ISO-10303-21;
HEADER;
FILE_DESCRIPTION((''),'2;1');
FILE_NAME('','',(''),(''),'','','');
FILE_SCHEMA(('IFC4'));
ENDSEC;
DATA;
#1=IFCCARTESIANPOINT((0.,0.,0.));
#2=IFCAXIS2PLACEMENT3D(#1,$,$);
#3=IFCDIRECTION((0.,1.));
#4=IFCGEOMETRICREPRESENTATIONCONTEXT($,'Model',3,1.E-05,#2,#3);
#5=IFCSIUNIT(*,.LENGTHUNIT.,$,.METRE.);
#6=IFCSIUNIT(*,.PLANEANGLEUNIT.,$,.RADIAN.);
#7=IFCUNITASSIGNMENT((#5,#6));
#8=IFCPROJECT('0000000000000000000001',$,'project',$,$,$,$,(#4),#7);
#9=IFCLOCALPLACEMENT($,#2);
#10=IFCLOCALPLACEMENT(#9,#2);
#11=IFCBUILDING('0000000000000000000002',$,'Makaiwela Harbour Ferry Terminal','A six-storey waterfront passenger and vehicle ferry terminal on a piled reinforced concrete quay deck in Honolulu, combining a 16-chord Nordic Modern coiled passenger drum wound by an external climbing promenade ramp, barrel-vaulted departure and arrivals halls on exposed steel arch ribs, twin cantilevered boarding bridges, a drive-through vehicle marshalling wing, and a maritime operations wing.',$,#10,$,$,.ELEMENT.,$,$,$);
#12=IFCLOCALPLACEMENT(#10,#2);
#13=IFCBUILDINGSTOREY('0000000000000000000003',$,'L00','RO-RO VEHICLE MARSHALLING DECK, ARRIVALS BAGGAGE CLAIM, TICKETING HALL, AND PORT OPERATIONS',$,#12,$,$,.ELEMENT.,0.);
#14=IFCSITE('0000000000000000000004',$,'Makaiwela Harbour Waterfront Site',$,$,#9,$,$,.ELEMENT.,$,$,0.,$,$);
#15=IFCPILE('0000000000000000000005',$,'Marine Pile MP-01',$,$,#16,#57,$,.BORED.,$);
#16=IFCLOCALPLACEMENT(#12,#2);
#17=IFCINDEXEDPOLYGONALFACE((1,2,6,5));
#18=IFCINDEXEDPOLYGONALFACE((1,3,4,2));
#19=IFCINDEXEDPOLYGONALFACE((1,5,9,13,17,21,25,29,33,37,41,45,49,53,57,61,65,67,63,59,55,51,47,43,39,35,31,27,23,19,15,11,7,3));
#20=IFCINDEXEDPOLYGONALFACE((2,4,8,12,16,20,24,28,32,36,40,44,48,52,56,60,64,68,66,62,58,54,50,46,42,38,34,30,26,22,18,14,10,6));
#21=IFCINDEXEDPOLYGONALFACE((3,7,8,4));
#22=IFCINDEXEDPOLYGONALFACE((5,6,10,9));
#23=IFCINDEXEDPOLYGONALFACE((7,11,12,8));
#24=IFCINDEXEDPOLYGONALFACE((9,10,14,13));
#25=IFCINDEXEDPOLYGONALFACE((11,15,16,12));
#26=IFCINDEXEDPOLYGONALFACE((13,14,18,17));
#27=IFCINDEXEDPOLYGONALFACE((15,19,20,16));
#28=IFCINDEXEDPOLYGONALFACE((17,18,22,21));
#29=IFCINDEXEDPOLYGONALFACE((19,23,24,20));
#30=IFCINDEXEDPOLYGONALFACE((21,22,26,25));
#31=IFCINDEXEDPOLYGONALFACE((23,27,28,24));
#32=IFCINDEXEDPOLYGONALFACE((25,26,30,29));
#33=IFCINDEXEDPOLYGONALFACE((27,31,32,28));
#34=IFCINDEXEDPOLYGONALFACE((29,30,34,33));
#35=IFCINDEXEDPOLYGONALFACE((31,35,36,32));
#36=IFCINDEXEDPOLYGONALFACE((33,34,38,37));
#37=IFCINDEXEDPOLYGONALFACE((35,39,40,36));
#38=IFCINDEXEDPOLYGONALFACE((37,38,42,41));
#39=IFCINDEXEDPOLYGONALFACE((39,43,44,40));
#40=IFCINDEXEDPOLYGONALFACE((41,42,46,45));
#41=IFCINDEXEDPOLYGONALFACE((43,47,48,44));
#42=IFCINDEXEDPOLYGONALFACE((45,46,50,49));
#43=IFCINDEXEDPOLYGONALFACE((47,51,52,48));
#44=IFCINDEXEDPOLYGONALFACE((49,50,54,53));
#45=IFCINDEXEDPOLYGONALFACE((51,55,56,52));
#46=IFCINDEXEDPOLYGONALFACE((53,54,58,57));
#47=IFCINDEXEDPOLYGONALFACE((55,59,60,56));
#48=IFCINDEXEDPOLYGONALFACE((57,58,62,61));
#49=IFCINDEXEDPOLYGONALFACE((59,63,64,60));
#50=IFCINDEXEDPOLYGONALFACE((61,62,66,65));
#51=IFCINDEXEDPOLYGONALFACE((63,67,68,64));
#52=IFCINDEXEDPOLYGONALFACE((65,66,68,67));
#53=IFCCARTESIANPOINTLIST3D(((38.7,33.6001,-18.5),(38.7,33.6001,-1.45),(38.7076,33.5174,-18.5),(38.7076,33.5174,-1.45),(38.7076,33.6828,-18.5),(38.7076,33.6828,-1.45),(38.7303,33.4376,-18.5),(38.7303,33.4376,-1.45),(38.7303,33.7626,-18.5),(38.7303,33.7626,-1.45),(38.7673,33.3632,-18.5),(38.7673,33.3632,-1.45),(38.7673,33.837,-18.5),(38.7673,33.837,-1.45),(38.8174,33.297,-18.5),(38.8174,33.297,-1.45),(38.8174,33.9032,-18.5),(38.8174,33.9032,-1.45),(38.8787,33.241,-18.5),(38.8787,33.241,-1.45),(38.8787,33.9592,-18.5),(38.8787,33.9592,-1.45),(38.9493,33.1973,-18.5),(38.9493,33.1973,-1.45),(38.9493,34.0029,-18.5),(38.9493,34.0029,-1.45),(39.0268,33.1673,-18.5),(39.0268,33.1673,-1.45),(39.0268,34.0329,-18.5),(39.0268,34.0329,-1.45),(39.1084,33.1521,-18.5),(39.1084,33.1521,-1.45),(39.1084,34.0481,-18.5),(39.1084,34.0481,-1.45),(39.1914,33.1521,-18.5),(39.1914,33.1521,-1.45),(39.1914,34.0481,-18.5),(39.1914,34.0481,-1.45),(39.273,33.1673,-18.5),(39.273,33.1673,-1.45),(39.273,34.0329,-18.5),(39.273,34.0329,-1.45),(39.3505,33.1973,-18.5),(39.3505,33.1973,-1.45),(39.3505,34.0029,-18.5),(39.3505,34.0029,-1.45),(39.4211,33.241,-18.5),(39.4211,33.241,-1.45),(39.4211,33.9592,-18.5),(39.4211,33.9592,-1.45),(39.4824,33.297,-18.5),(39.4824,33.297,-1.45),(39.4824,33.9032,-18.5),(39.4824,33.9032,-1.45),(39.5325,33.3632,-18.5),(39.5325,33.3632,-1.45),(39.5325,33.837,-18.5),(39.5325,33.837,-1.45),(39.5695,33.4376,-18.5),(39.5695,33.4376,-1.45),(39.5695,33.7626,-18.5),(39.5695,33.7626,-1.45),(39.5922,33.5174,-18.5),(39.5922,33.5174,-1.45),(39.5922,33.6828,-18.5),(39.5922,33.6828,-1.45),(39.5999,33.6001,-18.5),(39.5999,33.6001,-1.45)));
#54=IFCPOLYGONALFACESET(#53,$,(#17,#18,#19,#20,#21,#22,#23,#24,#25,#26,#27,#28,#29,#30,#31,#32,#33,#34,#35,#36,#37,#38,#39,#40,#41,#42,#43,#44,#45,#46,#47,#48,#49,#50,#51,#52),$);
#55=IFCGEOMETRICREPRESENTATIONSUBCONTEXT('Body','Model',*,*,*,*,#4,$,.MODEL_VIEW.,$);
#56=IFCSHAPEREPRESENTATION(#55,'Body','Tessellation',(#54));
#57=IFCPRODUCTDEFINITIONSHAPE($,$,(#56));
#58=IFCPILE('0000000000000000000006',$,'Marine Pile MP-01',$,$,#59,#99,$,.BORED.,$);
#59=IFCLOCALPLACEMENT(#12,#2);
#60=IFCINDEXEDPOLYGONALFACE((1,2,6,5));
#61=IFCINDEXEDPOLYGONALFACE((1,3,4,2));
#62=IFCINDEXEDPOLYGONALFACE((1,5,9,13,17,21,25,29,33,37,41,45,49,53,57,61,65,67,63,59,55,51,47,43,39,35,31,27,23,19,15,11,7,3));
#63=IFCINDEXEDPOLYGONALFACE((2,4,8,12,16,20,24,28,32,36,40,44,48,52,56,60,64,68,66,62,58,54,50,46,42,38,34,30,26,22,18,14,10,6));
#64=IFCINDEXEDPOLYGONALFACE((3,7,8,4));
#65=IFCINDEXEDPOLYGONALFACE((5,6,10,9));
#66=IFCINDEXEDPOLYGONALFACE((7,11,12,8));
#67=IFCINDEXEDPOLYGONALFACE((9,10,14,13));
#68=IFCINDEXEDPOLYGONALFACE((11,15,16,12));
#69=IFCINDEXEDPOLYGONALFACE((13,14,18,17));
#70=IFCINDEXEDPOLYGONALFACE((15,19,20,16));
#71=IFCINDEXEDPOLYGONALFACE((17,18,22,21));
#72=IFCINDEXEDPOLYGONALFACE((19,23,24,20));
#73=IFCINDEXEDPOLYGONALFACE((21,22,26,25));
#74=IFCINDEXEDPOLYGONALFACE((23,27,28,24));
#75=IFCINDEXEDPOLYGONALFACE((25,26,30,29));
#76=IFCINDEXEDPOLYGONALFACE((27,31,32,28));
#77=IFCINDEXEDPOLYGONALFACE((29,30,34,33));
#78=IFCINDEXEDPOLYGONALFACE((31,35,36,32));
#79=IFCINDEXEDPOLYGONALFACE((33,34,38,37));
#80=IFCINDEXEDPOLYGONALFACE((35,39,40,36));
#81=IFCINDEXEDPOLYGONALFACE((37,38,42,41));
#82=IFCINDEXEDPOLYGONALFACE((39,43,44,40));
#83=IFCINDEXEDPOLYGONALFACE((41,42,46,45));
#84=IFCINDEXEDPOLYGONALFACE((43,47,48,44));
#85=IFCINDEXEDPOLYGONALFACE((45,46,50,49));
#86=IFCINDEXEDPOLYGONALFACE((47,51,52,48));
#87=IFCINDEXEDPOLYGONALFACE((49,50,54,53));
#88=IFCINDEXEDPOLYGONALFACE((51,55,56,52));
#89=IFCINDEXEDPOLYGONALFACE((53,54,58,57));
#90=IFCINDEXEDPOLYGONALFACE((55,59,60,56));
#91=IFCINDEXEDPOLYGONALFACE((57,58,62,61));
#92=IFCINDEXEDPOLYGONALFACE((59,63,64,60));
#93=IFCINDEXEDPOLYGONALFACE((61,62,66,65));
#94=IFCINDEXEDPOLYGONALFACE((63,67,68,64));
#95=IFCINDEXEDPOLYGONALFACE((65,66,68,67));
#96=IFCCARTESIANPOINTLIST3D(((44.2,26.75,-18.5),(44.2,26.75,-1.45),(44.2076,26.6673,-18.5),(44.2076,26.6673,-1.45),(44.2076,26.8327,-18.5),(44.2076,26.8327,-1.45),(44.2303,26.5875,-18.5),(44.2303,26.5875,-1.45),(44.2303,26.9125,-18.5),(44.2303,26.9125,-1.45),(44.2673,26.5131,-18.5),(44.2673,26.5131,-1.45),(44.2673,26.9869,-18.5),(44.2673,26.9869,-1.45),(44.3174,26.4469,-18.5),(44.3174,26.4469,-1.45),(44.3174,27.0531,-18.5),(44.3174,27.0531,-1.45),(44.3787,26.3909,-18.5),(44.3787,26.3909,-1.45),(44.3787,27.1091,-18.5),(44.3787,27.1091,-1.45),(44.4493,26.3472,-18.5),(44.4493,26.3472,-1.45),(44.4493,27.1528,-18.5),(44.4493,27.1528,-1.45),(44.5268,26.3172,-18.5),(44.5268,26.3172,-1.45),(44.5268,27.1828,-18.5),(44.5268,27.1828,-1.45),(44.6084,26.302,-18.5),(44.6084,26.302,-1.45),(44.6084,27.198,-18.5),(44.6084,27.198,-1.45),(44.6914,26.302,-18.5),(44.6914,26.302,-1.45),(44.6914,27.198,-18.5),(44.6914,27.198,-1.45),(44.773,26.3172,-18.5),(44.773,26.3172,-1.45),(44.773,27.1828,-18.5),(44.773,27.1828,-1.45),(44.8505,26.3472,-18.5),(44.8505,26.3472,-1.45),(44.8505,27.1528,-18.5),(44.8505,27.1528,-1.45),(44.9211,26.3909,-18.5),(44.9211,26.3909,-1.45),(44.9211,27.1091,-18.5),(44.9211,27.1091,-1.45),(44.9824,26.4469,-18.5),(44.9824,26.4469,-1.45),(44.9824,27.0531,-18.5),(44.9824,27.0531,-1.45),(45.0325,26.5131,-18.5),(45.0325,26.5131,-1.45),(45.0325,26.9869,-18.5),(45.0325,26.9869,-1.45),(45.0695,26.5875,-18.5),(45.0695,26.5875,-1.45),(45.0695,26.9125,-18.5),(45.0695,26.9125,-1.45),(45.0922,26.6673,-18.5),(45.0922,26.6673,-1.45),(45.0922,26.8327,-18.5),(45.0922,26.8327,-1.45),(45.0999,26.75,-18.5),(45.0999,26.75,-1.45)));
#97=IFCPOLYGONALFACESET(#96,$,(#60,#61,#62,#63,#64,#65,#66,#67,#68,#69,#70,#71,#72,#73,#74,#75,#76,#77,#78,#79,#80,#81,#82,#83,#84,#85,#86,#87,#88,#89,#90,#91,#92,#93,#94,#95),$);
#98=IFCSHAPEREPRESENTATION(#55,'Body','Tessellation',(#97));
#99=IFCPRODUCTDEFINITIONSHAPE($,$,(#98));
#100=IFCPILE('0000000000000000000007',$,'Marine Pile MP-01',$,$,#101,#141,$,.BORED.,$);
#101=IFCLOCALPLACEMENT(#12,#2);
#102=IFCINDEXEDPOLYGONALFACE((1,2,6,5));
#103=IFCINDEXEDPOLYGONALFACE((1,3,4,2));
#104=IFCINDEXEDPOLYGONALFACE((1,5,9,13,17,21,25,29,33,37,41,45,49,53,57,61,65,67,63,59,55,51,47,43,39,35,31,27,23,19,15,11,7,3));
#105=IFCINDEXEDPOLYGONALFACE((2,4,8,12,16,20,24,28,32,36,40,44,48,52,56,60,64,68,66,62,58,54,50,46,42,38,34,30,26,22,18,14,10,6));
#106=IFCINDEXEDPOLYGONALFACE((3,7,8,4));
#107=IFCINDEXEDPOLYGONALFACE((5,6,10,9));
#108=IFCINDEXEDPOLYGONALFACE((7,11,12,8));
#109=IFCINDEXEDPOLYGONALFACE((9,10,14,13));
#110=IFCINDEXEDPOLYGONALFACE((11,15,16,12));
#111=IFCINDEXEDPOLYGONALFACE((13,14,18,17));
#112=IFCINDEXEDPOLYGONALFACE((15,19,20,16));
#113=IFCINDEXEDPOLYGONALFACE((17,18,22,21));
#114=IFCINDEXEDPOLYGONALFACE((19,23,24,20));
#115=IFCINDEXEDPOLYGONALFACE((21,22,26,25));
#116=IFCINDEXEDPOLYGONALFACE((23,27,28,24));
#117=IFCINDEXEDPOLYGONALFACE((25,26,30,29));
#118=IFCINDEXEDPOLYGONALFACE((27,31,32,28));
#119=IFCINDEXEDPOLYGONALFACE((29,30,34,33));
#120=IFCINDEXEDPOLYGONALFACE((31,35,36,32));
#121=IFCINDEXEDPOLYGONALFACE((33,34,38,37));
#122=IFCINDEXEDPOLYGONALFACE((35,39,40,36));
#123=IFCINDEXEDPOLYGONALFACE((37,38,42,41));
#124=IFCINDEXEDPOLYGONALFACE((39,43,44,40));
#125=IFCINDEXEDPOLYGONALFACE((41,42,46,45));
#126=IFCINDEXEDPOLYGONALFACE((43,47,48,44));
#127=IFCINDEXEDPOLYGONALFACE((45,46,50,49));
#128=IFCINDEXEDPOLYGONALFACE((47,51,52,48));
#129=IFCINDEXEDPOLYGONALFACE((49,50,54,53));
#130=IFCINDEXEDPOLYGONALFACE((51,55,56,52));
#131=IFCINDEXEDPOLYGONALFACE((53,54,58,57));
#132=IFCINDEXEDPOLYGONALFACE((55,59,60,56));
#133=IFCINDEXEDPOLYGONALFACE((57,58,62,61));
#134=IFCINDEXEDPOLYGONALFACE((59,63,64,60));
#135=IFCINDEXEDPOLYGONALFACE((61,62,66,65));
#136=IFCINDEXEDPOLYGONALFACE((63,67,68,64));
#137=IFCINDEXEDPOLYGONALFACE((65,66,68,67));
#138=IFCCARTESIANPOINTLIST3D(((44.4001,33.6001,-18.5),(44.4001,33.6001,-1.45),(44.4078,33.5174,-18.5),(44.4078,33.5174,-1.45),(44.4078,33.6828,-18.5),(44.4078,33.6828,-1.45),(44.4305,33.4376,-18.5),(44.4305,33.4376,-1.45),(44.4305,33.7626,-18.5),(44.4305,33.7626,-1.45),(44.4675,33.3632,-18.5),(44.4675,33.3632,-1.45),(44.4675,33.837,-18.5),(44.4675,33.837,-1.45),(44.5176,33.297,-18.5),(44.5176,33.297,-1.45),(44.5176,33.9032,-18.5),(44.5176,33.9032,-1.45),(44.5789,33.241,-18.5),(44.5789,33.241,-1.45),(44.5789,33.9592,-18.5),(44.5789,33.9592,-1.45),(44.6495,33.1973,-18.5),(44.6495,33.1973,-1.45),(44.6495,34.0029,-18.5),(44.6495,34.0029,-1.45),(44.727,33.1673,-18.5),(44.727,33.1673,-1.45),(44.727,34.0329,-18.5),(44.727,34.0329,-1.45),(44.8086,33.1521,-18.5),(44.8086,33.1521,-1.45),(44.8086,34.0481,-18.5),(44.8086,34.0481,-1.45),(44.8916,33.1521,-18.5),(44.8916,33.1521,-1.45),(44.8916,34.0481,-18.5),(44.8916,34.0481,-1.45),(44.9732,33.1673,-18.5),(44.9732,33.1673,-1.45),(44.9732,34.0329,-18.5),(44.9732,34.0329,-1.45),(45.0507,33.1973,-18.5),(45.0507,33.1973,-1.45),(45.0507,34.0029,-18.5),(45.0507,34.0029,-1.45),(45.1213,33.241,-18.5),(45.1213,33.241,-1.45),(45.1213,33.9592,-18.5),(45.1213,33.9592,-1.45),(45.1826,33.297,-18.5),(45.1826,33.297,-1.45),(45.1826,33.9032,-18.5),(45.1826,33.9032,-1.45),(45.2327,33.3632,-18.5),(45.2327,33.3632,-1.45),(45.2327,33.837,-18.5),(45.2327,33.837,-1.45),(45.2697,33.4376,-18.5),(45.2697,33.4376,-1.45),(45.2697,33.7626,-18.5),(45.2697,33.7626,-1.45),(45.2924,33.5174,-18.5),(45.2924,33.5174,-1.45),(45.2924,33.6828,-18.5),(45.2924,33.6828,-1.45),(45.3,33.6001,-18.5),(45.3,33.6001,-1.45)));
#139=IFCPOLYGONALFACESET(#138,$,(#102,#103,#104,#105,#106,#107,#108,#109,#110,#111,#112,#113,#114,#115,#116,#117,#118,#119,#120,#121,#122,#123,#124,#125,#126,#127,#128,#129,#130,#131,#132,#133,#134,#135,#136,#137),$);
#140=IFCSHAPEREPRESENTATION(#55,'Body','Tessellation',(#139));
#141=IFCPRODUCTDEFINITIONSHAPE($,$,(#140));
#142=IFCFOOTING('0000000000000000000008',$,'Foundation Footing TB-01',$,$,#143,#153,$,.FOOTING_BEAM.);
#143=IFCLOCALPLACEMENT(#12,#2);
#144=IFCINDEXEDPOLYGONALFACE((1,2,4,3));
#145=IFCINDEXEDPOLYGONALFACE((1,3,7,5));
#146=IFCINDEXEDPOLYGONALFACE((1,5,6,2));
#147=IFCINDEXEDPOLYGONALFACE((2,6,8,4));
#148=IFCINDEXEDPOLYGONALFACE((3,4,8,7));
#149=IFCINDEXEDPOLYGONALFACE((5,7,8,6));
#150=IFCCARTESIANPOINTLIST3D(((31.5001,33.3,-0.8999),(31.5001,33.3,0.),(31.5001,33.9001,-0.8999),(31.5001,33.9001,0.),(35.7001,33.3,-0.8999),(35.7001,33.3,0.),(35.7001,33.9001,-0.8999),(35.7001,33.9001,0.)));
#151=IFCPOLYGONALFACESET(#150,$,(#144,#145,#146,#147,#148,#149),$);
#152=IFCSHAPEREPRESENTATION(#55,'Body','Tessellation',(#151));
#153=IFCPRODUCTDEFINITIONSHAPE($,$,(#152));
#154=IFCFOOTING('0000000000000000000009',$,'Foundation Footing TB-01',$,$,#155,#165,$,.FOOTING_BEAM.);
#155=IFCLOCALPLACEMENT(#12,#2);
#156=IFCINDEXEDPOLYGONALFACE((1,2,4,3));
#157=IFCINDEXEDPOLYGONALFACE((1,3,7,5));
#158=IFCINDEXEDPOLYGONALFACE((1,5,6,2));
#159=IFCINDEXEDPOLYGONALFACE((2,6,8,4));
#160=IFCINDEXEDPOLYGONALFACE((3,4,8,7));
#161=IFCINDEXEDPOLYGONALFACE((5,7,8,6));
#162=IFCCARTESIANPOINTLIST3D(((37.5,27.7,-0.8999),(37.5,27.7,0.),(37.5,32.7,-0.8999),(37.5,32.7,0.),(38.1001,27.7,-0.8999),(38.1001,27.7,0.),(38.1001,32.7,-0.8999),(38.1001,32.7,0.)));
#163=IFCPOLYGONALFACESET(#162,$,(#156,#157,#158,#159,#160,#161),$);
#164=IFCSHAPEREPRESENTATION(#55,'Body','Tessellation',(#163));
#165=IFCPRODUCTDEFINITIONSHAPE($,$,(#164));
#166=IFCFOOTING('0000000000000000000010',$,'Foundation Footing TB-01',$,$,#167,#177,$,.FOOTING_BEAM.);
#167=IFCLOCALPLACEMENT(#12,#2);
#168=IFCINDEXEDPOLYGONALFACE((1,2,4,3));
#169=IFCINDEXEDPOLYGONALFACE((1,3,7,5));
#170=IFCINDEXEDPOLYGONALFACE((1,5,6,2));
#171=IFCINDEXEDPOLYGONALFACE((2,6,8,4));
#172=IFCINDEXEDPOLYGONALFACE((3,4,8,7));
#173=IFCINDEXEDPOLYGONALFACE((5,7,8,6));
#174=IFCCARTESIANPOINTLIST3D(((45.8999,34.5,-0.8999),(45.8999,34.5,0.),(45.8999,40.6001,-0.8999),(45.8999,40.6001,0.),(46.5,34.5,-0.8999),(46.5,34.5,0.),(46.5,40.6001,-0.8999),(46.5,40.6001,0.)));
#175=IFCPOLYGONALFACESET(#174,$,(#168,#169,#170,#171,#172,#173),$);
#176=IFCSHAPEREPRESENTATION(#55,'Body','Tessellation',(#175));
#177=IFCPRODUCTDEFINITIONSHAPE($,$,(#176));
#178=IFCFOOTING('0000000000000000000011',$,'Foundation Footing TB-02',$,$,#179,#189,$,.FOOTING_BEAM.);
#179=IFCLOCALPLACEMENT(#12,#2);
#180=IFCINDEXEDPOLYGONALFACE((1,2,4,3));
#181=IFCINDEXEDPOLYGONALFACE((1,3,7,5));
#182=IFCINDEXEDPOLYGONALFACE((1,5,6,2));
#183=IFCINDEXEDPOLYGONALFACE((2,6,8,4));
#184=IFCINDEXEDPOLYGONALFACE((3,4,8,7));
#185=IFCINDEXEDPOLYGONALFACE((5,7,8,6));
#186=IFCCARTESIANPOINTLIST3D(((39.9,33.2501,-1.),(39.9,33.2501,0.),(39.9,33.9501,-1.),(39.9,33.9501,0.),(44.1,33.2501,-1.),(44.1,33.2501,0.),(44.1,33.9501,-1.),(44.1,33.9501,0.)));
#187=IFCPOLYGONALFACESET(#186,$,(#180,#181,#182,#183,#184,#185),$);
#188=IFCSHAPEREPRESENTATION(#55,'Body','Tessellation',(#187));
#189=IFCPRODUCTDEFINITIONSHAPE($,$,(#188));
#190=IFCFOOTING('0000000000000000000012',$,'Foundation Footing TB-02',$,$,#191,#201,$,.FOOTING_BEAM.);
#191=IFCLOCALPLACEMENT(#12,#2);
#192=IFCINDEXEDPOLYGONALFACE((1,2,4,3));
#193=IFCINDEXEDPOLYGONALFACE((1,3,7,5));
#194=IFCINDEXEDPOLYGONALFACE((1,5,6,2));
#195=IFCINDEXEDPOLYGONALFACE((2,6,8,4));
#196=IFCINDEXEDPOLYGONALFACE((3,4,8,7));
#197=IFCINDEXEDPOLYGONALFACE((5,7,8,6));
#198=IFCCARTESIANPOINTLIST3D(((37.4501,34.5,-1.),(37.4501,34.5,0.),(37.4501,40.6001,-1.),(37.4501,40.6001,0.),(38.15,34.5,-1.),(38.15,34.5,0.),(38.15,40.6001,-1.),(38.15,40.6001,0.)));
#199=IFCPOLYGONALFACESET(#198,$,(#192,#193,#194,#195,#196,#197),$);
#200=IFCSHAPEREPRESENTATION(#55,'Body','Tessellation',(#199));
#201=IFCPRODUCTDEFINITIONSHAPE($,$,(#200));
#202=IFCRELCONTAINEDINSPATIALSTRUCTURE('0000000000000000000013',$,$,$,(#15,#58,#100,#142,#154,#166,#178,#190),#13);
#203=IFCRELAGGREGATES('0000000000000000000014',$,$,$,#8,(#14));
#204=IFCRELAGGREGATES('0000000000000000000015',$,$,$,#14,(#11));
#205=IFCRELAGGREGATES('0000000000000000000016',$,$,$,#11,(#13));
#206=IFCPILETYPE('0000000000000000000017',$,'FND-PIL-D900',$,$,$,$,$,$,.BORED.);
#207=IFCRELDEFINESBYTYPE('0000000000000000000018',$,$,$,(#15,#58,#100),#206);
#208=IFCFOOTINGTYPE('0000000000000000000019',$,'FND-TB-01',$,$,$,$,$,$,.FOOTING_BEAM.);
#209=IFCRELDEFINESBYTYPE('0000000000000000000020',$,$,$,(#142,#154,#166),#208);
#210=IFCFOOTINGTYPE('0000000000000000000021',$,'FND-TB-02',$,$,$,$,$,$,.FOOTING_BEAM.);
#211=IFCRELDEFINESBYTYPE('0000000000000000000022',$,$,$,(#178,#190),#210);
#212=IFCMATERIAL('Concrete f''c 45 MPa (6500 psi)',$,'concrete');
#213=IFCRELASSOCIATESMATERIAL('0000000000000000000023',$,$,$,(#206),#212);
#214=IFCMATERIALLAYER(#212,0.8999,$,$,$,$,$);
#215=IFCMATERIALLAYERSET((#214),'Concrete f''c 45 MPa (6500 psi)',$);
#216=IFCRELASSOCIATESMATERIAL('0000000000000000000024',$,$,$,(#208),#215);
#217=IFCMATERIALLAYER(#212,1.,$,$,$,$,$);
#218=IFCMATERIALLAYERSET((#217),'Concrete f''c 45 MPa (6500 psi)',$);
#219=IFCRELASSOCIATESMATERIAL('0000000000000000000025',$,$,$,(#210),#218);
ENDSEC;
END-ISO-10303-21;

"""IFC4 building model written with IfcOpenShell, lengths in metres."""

from ifc_helpers import new_model, si_unit, direction, frame, origin, origin_2d, place, context, subcontext, project, spatial, rectangle, circle, extrude, material, layer, layer_set, material_profile, profile_set, type_object, element, save


model = new_model("IFC4")

# Units and contexts
model_context = context("Model", 3, precision=1e-05, world=origin(), true_north=direction((0.0, 1.0)))
body_context = subcontext(model_context, "Body", "Model", "MODEL_VIEW")
ifc_project = project(units=[si_unit("LENGTHUNIT", "METRE"), si_unit("PLANEANGLEUNIT", "RADIAN")], contexts=[model_context])

# Site, building, storey
site_placement = place(None, origin())
site = spatial("IfcSite", under=ifc_project, at=site_placement, Name="Makaiwela Harbour Waterfront Site", CompositionType="ELEMENT", RefElevation=0.0)
building_placement = place(site_placement, origin())
building = spatial("IfcBuilding", under=site, at=building_placement, Name="Makaiwela Harbour Ferry Terminal", Description="A six-storey waterfront passenger and vehicle ferry terminal on a piled reinforced concrete quay deck in Honolulu, combining a 16-chord Nordic Modern coiled passenger drum wound by an external climbing promenade ramp, barrel-vaulted departure and arrivals halls on exposed steel arch ribs, twin cantilevered boarding bridges, a drive-through vehicle marshalling wing, and a maritime operations wing.", CompositionType="ELEMENT")
storey_placement = place(building_placement, origin())
storey = spatial("IfcBuildingStorey", under=building, at=storey_placement, Name="L00", Description="RO-RO VEHICLE MARSHALLING DECK, ARRIVALS BAGGAGE CLAIM, TICKETING HALL, AND PORT OPERATIONS", CompositionType="ELEMENT", Elevation=0.0)

# Shared definitions
ifc_material_1 = material(Name="Concrete f'c 45 MPa (6500 psi)", Category="concrete")

# Piles
ifc_material_profile_1 = material_profile(ifc_material_1, circle(Radius=0.45, at=origin_2d()), Name="PILE-D900")
ifc_profile_set_1 = profile_set([ifc_material_profile_1], Name="Concrete f'c 45 MPa (6500 psi)")
pile_type = type_object("IfcPileType", Name="FND-PIL-D900", PredefinedType="BORED", material=ifc_profile_set_1)
for number, where, z_axis, x_axis, name in (
    (1, (39.1499, 33.6001, -1.45), (0.0, 0.0, -1.0), (1.0, 0.0, 0.0), "Marine Pile MP-01"),
    (2, (44.6499, 26.75, -1.45), (0.0, 0.0, -1.0), (1.0, 0.0, 0.0), "Marine Pile MP-01"),
    (3, (44.8501, 33.6001, -1.45), (0.0, 0.0, -1.0), (1.0, 0.0, 0.0), "Marine Pile MP-01"),
):
    element("IfcPile", number, at=place(storey_placement, frame(where, z_axis=z_axis, x_axis=x_axis)), inside=storey, type_object=pile_type, Name=name, PredefinedType="BORED", context=body_context, shape_type="SweptSolid", body=[
        extrude(circle(Radius=0.45, at=origin_2d()), origin(), (0.0, 0.0, 1.0), 17.05),
    ])

# Footings
ifc_layer_1 = layer(ifc_material_1, 0.8999)
ifc_layer_set_1 = layer_set([ifc_layer_1], Name="Concrete f'c 45 MPa (6500 psi)")
footing_type_1 = type_object("IfcFootingType", Name="FND-TB-01", PredefinedType="FOOTING_BEAM", material=ifc_layer_set_1)
footing_1_placement = place(storey_placement, frame((33.6001, 33.6001, -0.8999), z_axis=(0.0, 0.0, 1.0), x_axis=(1.0, 0.0, 0.0)))
element("IfcFooting", 4, at=footing_1_placement, inside=storey, type_object=footing_type_1, Name="Foundation Footing TB-01", PredefinedType="FOOTING_BEAM", context=body_context, shape_type="SweptSolid", body=[
    extrude(rectangle(XDim=4.2, YDim=0.6001, at=origin_2d()), origin(), (0.0, 0.0, 1.0), 0.8999),
])
footing_2_placement = place(storey_placement, frame((37.8, 30.2, -0.8999), z_axis=(0.0, 0.0, 1.0), x_axis=(0.0, 1.0, 0.0)))
element("IfcFooting", 5, at=footing_2_placement, inside=storey, type_object=footing_type_1, Name="Foundation Footing TB-01", PredefinedType="FOOTING_BEAM", context=body_context, shape_type="SweptSolid", body=[
    extrude(rectangle(XDim=5.0, YDim=0.6001, at=origin_2d()), origin(), (0.0, 0.0, 1.0), 0.8999),
])
footing_3_placement = place(storey_placement, frame((46.2, 37.55, -0.8999), z_axis=(0.0, 0.0, 1.0), x_axis=(0.0, 1.0, 0.0)))
element("IfcFooting", 6, at=footing_3_placement, inside=storey, type_object=footing_type_1, Name="Foundation Footing TB-01", PredefinedType="FOOTING_BEAM", context=body_context, shape_type="SweptSolid", body=[
    extrude(rectangle(XDim=6.1001, YDim=0.6001, at=origin_2d()), origin(), (0.0, 0.0, 1.0), 0.8999),
])
ifc_layer_2 = layer(ifc_material_1, 1.0)
ifc_layer_set_2 = layer_set([ifc_layer_2], Name="Concrete f'c 45 MPa (6500 psi)")
footing_type_2 = type_object("IfcFootingType", Name="FND-TB-02", PredefinedType="FOOTING_BEAM", material=ifc_layer_set_2)
footing_4_placement = place(storey_placement, frame((42.0, 33.6001, -1.0), z_axis=(0.0, 0.0, 1.0), x_axis=(1.0, 0.0, 0.0)))
element("IfcFooting", 7, at=footing_4_placement, inside=storey, type_object=footing_type_2, Name="Foundation Footing TB-02", PredefinedType="FOOTING_BEAM", context=body_context, shape_type="SweptSolid", body=[
    extrude(rectangle(XDim=4.2, YDim=0.7, at=origin_2d()), origin(), (0.0, 0.0, 1.0), 1.0),
])
footing_5_placement = place(storey_placement, frame((37.8, 37.55, -1.0), z_axis=(0.0, 0.0, 1.0), x_axis=(0.0, 1.0, 0.0)))
element("IfcFooting", 8, at=footing_5_placement, inside=storey, type_object=footing_type_2, Name="Foundation Footing TB-02", PredefinedType="FOOTING_BEAM", context=body_context, shape_type="SweptSolid", body=[
    extrude(rectangle(XDim=6.1001, YDim=0.7, at=origin_2d()), origin(), (0.0, 0.0, 1.0), 1.0),
])

save(model, "model.ifc")
